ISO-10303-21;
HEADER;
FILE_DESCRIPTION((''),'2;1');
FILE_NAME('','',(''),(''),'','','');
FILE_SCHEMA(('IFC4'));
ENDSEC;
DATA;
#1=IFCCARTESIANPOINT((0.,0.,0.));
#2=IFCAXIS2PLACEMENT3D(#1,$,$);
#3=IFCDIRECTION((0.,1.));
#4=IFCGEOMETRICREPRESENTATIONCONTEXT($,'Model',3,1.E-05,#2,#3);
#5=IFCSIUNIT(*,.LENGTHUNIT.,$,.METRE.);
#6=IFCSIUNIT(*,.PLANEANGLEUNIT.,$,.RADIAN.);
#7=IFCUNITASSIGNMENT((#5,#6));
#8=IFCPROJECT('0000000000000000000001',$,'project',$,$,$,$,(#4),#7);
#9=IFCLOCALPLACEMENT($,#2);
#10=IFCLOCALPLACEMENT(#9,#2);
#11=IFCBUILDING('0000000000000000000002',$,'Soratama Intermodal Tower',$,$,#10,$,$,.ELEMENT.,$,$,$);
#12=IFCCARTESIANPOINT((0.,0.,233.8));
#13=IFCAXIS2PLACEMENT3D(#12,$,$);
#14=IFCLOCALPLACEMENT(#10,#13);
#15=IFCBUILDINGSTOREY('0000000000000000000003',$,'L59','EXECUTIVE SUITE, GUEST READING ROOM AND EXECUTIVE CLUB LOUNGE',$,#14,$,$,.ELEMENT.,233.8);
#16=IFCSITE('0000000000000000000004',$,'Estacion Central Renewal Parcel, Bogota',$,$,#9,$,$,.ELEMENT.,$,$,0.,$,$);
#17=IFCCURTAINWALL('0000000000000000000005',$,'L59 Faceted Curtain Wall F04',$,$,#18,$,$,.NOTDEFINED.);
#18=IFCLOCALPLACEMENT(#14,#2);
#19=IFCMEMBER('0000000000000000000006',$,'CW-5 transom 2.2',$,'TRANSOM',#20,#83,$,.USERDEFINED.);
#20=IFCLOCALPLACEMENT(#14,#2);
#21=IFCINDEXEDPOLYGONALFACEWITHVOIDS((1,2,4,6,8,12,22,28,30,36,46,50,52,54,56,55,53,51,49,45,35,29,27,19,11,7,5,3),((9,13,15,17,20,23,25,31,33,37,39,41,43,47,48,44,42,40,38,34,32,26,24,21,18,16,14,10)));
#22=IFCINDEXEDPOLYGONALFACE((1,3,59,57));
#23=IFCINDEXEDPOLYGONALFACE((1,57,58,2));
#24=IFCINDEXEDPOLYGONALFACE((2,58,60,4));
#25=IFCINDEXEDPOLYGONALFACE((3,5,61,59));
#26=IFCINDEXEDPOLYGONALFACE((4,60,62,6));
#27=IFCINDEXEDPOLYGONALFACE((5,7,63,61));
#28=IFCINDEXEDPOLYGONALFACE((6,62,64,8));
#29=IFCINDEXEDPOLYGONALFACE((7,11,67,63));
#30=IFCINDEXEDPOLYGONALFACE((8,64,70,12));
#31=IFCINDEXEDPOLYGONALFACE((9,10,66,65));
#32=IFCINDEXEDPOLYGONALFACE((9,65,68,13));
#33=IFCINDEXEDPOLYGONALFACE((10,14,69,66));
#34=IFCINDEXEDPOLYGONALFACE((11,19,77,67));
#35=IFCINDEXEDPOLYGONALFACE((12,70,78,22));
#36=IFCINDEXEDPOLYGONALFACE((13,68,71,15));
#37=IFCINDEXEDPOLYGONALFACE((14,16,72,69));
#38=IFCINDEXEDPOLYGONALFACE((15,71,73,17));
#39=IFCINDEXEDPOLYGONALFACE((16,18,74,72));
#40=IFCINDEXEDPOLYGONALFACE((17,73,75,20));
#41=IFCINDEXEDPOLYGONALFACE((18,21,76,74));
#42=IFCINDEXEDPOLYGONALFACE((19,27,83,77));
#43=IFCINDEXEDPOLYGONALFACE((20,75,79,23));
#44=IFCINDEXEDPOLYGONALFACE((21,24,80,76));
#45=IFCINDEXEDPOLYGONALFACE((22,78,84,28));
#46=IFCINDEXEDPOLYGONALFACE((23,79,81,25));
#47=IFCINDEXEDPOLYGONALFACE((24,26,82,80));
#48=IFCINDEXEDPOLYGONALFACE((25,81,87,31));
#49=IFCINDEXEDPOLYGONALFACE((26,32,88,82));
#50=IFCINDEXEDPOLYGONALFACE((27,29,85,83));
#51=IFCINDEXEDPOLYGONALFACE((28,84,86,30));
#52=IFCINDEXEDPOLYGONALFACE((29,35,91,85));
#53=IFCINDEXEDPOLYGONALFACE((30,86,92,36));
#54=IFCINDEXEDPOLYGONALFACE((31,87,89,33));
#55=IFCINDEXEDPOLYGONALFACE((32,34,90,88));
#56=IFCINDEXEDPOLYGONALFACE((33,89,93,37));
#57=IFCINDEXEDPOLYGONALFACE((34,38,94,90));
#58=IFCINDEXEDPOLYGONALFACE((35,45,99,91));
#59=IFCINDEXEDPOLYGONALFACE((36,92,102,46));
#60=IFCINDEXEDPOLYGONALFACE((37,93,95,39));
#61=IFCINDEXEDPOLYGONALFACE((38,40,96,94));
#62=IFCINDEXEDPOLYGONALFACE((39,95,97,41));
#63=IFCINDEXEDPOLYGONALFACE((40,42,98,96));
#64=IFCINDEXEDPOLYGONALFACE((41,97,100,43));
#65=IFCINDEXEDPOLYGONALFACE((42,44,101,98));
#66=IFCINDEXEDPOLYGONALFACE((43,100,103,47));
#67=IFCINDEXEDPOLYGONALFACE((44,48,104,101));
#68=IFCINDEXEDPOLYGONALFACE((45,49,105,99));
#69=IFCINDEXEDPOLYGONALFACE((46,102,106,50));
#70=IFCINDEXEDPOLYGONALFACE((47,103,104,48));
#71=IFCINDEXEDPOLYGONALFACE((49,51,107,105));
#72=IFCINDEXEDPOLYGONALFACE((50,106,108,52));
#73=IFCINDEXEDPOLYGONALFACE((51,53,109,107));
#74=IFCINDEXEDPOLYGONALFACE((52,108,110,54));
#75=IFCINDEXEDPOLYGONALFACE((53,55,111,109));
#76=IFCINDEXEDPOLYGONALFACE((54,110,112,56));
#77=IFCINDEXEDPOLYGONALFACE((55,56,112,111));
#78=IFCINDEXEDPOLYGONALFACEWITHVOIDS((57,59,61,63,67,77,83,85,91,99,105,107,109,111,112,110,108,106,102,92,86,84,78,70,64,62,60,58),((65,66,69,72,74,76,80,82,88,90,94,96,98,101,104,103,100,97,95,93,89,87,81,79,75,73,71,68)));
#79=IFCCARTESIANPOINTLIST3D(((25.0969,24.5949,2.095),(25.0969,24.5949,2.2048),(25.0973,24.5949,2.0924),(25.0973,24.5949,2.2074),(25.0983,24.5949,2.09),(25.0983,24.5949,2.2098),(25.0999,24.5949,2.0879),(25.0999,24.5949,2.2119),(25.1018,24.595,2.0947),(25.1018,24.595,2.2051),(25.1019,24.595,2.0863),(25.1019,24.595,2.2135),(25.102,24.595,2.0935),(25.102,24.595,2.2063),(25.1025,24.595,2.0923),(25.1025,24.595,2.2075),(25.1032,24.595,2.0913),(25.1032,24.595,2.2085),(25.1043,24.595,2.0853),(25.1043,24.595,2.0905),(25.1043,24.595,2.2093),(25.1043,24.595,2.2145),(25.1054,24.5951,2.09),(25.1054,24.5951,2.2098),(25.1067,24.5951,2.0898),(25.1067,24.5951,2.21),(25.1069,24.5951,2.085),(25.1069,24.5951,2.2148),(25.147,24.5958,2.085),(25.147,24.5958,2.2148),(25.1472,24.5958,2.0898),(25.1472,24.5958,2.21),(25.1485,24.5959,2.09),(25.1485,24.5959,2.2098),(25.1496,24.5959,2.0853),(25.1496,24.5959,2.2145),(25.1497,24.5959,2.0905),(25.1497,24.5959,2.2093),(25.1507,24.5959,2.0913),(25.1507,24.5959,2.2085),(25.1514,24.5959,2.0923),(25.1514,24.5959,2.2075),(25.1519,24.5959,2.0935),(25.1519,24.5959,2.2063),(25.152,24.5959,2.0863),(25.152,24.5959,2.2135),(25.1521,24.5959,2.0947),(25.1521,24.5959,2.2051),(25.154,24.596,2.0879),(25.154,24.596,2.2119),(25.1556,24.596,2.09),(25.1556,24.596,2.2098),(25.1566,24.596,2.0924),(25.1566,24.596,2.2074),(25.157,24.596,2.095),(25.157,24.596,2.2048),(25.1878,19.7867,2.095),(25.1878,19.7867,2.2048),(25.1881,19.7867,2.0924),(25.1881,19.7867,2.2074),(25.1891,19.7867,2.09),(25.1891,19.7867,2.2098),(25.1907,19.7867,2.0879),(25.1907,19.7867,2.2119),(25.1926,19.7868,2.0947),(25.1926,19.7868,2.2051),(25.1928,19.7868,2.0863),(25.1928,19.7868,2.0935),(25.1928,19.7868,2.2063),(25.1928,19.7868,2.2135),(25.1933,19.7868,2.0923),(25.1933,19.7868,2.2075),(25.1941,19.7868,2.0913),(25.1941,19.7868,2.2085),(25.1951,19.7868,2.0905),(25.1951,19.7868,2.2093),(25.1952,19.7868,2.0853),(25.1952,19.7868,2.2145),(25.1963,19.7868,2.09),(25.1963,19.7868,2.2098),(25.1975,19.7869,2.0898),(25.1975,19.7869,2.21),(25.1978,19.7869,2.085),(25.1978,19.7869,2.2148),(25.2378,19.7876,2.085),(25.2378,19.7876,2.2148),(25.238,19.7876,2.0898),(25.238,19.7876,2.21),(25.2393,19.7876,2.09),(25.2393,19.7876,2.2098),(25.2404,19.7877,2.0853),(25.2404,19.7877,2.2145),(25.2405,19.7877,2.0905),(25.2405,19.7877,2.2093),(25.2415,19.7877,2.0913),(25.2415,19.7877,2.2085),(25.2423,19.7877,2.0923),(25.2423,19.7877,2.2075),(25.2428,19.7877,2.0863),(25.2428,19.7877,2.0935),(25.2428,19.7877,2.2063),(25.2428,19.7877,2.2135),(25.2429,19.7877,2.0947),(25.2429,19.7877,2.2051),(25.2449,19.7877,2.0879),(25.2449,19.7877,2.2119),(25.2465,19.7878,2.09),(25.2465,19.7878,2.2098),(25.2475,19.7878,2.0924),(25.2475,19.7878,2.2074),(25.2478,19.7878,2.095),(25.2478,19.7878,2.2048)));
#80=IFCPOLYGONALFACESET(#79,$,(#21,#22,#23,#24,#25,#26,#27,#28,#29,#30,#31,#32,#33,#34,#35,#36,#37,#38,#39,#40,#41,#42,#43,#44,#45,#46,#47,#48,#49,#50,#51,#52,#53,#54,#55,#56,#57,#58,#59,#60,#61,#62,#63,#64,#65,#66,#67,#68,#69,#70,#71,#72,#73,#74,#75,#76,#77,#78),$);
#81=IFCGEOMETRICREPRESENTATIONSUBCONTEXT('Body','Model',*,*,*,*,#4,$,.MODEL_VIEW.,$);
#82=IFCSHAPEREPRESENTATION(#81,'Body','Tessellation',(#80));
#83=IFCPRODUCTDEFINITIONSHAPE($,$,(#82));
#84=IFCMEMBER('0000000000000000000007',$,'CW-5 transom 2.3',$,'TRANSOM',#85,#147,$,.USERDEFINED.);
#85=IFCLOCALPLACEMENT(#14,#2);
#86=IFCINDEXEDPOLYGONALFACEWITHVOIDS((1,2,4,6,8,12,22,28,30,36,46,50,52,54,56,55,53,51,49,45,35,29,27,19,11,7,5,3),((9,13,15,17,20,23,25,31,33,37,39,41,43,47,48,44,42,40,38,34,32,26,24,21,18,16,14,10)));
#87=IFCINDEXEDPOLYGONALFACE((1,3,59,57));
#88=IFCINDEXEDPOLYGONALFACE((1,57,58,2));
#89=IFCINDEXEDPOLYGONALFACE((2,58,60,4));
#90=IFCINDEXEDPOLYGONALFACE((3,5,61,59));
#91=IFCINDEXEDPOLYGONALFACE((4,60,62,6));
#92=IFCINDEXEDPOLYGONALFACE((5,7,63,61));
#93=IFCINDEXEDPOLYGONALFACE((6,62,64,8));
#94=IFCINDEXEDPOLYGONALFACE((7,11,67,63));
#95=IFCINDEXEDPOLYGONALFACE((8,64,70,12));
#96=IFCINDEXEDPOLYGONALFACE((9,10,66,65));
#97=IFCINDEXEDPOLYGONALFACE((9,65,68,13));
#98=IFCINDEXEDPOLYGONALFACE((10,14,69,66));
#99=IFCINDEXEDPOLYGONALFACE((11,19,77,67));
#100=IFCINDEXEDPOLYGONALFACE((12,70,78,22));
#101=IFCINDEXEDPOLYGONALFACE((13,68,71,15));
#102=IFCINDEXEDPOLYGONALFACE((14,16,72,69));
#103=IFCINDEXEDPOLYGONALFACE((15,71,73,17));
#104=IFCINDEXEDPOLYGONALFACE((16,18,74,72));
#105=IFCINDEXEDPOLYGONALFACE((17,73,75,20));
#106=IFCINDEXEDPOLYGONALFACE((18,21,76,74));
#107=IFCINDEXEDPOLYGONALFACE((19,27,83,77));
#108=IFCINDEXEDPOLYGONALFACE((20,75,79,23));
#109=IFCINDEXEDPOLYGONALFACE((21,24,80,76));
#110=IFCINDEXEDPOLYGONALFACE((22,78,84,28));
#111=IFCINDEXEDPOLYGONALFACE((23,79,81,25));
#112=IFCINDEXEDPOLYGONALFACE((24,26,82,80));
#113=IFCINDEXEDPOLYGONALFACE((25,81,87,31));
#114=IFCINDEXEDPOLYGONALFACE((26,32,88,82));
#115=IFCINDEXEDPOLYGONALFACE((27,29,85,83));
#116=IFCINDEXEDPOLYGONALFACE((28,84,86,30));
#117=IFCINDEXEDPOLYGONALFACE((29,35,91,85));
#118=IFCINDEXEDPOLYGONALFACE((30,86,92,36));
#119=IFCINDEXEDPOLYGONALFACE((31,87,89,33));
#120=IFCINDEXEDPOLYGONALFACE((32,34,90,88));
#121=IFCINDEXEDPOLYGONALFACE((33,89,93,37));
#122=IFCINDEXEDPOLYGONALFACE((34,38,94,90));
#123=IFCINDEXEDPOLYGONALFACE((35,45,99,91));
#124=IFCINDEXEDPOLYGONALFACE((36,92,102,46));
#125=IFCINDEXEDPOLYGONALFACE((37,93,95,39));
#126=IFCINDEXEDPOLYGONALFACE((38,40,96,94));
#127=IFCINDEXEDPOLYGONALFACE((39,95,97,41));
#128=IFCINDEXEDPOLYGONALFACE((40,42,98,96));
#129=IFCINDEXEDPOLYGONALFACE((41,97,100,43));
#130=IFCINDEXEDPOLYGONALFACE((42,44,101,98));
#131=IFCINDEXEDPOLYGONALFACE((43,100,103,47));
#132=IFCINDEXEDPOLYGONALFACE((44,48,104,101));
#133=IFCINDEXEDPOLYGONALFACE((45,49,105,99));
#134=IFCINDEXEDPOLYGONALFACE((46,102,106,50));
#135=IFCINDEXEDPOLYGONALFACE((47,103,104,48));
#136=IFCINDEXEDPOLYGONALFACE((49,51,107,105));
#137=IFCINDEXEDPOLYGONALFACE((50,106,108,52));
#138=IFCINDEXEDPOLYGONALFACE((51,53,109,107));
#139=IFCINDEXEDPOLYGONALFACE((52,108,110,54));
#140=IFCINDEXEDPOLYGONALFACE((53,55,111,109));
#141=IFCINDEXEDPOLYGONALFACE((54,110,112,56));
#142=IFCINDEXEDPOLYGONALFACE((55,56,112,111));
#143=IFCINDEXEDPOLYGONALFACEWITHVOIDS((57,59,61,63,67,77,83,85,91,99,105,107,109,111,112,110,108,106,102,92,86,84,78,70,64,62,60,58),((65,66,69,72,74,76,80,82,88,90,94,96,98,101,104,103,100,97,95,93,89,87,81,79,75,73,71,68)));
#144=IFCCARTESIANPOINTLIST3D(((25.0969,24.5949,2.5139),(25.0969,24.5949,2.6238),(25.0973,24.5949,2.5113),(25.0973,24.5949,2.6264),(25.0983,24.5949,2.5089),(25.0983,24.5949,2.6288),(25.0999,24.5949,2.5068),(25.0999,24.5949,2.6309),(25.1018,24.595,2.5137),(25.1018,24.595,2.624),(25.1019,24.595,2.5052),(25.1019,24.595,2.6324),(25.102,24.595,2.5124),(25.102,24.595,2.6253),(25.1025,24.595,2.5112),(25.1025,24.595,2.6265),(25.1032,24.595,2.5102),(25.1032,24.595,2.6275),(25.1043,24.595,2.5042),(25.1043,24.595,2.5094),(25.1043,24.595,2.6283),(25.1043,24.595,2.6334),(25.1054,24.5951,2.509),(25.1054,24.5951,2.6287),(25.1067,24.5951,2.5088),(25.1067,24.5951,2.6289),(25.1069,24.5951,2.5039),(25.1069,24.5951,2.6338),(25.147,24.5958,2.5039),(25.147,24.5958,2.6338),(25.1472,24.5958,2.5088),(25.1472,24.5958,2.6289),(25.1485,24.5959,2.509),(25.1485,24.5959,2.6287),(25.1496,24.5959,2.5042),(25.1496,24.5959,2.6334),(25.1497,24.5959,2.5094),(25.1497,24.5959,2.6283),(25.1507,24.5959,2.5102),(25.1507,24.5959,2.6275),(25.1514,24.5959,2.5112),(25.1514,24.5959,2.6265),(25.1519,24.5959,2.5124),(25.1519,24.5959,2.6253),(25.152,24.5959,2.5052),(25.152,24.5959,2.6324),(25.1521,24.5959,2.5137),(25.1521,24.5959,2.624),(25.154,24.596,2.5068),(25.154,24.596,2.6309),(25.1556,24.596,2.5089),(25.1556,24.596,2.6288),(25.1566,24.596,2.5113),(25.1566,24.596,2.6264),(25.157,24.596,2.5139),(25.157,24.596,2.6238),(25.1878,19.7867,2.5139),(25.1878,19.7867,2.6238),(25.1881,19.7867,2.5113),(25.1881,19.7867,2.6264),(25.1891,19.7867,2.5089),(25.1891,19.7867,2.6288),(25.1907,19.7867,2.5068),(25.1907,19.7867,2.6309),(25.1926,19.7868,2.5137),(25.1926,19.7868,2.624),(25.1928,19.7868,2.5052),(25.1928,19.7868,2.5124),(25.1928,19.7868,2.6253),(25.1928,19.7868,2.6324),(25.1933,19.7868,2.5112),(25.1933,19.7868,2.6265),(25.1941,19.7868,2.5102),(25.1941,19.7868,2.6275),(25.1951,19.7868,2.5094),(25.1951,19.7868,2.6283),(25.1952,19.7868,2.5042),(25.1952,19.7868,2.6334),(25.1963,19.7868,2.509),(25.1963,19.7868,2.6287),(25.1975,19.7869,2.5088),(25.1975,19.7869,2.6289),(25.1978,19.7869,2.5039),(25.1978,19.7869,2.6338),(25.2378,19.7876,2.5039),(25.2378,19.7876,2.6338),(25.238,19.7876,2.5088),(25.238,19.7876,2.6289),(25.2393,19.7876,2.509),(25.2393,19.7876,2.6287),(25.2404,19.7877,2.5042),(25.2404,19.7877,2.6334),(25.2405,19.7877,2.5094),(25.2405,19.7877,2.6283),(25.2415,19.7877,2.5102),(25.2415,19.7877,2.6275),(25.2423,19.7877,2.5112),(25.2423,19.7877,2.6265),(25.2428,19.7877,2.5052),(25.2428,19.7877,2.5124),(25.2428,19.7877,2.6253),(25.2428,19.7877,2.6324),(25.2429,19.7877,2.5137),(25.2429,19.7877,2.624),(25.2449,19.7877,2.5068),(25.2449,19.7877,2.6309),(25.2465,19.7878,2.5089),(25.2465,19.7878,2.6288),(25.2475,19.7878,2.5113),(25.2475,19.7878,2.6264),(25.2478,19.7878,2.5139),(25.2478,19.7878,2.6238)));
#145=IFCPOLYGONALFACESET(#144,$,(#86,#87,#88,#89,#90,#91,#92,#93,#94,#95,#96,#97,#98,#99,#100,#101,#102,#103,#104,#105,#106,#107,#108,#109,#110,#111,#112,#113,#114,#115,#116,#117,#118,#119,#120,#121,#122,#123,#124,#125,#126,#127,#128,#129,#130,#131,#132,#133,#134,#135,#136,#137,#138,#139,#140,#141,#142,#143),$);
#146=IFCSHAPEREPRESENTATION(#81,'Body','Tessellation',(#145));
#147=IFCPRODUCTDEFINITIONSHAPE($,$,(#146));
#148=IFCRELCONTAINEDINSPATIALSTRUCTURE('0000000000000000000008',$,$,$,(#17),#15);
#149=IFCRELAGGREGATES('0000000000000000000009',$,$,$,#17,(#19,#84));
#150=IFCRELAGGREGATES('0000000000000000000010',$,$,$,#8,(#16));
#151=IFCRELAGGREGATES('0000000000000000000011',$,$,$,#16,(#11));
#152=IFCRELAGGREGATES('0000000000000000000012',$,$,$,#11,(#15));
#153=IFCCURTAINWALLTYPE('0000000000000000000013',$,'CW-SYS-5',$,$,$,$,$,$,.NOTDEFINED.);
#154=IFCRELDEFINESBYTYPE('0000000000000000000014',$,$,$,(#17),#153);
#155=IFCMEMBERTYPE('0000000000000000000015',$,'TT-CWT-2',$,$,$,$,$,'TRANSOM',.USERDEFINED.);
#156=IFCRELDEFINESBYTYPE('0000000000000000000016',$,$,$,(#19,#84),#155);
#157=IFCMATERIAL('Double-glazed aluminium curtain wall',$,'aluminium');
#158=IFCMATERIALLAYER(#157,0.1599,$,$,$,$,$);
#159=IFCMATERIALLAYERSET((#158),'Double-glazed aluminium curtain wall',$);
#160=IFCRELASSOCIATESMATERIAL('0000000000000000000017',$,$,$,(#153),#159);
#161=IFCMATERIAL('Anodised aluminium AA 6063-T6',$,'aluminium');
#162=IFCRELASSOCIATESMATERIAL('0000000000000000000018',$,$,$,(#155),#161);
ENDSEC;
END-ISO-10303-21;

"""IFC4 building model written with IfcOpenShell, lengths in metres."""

from ifc_helpers import new_model, si_unit, direction, frame, origin, origin_2d, place, context, subcontext, project, spatial, hollow_rectangle, extrude, material, layer, layer_set, material_profile, profile_set, type_object, element, aggregate, save


model = new_model("IFC4")

# Units and contexts
model_context = context("Model", 3, precision=1e-05, world=origin(), true_north=direction((0.0, 1.0)))
body_context = subcontext(model_context, "Body", "Model", "MODEL_VIEW")
ifc_project = project(units=[si_unit("LENGTHUNIT", "METRE"), si_unit("PLANEANGLEUNIT", "RADIAN")], contexts=[model_context])

# Site, building, storey
site_placement = place(None, origin())
site = spatial("IfcSite", under=ifc_project, at=site_placement, Name="Estacion Central Renewal Parcel, Bogota", CompositionType="ELEMENT", RefElevation=0.0)
building_placement = place(site_placement, origin())
building = spatial("IfcBuilding", under=site, at=building_placement, Name="Soratama Intermodal Tower", CompositionType="ELEMENT")
storey_placement = place(building_placement, frame((0.0, 0.0, 233.8)))
storey = spatial("IfcBuildingStorey", under=building, at=storey_placement, Name="L59", Description="EXECUTIVE SUITE, GUEST READING ROOM AND EXECUTIVE CLUB LOUNGE", CompositionType="ELEMENT", Elevation=233.8)

# Curtain wall
ifc_material_1 = material(Name="Double-glazed aluminium curtain wall", Category="aluminium")
ifc_layer_1 = layer(ifc_material_1, 0.1599)
ifc_layer_set_1 = layer_set([ifc_layer_1], Name="Double-glazed aluminium curtain wall")
curtain_wall_type = type_object("IfcCurtainWallType", Name="CW-SYS-5", PredefinedType="NOTDEFINED", material=ifc_layer_set_1)
curtain_wall_1_placement = place(storey_placement, origin())
curtain_wall_1 = element("IfcCurtainWall", 1, at=curtain_wall_1_placement, inside=storey, type_object=curtain_wall_type, Name="L59 Faceted Curtain Wall F04", PredefinedType="NOTDEFINED")

# Members
ifc_material_2 = material(Name="Anodised aluminium AA 6063-T6", Category="aluminium")
ifc_material_profile_1 = material_profile(ifc_material_2, hollow_rectangle(XDim=0.0601, YDim=0.1299, WallThickness=0.0049, InnerFilletRadius=0.0049, OuterFilletRadius=0.01, at=origin_2d()), Name="CWT130X60X5")
ifc_profile_set_1 = profile_set([ifc_material_profile_1], Name="Anodised aluminium AA 6063-T6")
member_type_1 = type_object("IfcMemberType", Name="TT-CWT-2", ElementType="TRANSOM", PredefinedType="USERDEFINED", material=ifc_profile_set_1)
member_1_placement = place(storey_placement, frame((25.127, 24.5955, 2.1499), z_axis=(0.018886, -0.999822, 0.0), x_axis=(0.999822, 0.018886, 0.0)))
member_1 = element("IfcMember", 2, at=member_1_placement, type_object=member_type_1, Name="CW-5 transom 2.2", ObjectType="TRANSOM", PredefinedType="USERDEFINED", context=body_context, shape_type="SweptSolid", body=[
    extrude(hollow_rectangle(XDim=0.0601, YDim=0.1299, WallThickness=0.0049, InnerFilletRadius=0.0049, OuterFilletRadius=0.01, at=origin_2d()), origin(), (0.0, 0.0, 1.0), 4.8091),
])
member_2_placement = place(storey_placement, frame((25.127, 24.5955, 2.5688), z_axis=(0.018886, -0.999822, 0.0), x_axis=(0.999822, 0.018886, 0.0)))
member_2 = element("IfcMember", 3, at=member_2_placement, type_object=member_type_1, Name="CW-5 transom 2.3", ObjectType="TRANSOM", PredefinedType="USERDEFINED", context=body_context, shape_type="SweptSolid", body=[
    extrude(hollow_rectangle(XDim=0.0601, YDim=0.1299, WallThickness=0.0049, InnerFilletRadius=0.0049, OuterFilletRadius=0.01, at=origin_2d()), origin(), (0.0, 0.0, 1.0), 4.8091),
])

aggregate(curtain_wall_1, [member_1, member_2])

save(model, "model.ifc")
